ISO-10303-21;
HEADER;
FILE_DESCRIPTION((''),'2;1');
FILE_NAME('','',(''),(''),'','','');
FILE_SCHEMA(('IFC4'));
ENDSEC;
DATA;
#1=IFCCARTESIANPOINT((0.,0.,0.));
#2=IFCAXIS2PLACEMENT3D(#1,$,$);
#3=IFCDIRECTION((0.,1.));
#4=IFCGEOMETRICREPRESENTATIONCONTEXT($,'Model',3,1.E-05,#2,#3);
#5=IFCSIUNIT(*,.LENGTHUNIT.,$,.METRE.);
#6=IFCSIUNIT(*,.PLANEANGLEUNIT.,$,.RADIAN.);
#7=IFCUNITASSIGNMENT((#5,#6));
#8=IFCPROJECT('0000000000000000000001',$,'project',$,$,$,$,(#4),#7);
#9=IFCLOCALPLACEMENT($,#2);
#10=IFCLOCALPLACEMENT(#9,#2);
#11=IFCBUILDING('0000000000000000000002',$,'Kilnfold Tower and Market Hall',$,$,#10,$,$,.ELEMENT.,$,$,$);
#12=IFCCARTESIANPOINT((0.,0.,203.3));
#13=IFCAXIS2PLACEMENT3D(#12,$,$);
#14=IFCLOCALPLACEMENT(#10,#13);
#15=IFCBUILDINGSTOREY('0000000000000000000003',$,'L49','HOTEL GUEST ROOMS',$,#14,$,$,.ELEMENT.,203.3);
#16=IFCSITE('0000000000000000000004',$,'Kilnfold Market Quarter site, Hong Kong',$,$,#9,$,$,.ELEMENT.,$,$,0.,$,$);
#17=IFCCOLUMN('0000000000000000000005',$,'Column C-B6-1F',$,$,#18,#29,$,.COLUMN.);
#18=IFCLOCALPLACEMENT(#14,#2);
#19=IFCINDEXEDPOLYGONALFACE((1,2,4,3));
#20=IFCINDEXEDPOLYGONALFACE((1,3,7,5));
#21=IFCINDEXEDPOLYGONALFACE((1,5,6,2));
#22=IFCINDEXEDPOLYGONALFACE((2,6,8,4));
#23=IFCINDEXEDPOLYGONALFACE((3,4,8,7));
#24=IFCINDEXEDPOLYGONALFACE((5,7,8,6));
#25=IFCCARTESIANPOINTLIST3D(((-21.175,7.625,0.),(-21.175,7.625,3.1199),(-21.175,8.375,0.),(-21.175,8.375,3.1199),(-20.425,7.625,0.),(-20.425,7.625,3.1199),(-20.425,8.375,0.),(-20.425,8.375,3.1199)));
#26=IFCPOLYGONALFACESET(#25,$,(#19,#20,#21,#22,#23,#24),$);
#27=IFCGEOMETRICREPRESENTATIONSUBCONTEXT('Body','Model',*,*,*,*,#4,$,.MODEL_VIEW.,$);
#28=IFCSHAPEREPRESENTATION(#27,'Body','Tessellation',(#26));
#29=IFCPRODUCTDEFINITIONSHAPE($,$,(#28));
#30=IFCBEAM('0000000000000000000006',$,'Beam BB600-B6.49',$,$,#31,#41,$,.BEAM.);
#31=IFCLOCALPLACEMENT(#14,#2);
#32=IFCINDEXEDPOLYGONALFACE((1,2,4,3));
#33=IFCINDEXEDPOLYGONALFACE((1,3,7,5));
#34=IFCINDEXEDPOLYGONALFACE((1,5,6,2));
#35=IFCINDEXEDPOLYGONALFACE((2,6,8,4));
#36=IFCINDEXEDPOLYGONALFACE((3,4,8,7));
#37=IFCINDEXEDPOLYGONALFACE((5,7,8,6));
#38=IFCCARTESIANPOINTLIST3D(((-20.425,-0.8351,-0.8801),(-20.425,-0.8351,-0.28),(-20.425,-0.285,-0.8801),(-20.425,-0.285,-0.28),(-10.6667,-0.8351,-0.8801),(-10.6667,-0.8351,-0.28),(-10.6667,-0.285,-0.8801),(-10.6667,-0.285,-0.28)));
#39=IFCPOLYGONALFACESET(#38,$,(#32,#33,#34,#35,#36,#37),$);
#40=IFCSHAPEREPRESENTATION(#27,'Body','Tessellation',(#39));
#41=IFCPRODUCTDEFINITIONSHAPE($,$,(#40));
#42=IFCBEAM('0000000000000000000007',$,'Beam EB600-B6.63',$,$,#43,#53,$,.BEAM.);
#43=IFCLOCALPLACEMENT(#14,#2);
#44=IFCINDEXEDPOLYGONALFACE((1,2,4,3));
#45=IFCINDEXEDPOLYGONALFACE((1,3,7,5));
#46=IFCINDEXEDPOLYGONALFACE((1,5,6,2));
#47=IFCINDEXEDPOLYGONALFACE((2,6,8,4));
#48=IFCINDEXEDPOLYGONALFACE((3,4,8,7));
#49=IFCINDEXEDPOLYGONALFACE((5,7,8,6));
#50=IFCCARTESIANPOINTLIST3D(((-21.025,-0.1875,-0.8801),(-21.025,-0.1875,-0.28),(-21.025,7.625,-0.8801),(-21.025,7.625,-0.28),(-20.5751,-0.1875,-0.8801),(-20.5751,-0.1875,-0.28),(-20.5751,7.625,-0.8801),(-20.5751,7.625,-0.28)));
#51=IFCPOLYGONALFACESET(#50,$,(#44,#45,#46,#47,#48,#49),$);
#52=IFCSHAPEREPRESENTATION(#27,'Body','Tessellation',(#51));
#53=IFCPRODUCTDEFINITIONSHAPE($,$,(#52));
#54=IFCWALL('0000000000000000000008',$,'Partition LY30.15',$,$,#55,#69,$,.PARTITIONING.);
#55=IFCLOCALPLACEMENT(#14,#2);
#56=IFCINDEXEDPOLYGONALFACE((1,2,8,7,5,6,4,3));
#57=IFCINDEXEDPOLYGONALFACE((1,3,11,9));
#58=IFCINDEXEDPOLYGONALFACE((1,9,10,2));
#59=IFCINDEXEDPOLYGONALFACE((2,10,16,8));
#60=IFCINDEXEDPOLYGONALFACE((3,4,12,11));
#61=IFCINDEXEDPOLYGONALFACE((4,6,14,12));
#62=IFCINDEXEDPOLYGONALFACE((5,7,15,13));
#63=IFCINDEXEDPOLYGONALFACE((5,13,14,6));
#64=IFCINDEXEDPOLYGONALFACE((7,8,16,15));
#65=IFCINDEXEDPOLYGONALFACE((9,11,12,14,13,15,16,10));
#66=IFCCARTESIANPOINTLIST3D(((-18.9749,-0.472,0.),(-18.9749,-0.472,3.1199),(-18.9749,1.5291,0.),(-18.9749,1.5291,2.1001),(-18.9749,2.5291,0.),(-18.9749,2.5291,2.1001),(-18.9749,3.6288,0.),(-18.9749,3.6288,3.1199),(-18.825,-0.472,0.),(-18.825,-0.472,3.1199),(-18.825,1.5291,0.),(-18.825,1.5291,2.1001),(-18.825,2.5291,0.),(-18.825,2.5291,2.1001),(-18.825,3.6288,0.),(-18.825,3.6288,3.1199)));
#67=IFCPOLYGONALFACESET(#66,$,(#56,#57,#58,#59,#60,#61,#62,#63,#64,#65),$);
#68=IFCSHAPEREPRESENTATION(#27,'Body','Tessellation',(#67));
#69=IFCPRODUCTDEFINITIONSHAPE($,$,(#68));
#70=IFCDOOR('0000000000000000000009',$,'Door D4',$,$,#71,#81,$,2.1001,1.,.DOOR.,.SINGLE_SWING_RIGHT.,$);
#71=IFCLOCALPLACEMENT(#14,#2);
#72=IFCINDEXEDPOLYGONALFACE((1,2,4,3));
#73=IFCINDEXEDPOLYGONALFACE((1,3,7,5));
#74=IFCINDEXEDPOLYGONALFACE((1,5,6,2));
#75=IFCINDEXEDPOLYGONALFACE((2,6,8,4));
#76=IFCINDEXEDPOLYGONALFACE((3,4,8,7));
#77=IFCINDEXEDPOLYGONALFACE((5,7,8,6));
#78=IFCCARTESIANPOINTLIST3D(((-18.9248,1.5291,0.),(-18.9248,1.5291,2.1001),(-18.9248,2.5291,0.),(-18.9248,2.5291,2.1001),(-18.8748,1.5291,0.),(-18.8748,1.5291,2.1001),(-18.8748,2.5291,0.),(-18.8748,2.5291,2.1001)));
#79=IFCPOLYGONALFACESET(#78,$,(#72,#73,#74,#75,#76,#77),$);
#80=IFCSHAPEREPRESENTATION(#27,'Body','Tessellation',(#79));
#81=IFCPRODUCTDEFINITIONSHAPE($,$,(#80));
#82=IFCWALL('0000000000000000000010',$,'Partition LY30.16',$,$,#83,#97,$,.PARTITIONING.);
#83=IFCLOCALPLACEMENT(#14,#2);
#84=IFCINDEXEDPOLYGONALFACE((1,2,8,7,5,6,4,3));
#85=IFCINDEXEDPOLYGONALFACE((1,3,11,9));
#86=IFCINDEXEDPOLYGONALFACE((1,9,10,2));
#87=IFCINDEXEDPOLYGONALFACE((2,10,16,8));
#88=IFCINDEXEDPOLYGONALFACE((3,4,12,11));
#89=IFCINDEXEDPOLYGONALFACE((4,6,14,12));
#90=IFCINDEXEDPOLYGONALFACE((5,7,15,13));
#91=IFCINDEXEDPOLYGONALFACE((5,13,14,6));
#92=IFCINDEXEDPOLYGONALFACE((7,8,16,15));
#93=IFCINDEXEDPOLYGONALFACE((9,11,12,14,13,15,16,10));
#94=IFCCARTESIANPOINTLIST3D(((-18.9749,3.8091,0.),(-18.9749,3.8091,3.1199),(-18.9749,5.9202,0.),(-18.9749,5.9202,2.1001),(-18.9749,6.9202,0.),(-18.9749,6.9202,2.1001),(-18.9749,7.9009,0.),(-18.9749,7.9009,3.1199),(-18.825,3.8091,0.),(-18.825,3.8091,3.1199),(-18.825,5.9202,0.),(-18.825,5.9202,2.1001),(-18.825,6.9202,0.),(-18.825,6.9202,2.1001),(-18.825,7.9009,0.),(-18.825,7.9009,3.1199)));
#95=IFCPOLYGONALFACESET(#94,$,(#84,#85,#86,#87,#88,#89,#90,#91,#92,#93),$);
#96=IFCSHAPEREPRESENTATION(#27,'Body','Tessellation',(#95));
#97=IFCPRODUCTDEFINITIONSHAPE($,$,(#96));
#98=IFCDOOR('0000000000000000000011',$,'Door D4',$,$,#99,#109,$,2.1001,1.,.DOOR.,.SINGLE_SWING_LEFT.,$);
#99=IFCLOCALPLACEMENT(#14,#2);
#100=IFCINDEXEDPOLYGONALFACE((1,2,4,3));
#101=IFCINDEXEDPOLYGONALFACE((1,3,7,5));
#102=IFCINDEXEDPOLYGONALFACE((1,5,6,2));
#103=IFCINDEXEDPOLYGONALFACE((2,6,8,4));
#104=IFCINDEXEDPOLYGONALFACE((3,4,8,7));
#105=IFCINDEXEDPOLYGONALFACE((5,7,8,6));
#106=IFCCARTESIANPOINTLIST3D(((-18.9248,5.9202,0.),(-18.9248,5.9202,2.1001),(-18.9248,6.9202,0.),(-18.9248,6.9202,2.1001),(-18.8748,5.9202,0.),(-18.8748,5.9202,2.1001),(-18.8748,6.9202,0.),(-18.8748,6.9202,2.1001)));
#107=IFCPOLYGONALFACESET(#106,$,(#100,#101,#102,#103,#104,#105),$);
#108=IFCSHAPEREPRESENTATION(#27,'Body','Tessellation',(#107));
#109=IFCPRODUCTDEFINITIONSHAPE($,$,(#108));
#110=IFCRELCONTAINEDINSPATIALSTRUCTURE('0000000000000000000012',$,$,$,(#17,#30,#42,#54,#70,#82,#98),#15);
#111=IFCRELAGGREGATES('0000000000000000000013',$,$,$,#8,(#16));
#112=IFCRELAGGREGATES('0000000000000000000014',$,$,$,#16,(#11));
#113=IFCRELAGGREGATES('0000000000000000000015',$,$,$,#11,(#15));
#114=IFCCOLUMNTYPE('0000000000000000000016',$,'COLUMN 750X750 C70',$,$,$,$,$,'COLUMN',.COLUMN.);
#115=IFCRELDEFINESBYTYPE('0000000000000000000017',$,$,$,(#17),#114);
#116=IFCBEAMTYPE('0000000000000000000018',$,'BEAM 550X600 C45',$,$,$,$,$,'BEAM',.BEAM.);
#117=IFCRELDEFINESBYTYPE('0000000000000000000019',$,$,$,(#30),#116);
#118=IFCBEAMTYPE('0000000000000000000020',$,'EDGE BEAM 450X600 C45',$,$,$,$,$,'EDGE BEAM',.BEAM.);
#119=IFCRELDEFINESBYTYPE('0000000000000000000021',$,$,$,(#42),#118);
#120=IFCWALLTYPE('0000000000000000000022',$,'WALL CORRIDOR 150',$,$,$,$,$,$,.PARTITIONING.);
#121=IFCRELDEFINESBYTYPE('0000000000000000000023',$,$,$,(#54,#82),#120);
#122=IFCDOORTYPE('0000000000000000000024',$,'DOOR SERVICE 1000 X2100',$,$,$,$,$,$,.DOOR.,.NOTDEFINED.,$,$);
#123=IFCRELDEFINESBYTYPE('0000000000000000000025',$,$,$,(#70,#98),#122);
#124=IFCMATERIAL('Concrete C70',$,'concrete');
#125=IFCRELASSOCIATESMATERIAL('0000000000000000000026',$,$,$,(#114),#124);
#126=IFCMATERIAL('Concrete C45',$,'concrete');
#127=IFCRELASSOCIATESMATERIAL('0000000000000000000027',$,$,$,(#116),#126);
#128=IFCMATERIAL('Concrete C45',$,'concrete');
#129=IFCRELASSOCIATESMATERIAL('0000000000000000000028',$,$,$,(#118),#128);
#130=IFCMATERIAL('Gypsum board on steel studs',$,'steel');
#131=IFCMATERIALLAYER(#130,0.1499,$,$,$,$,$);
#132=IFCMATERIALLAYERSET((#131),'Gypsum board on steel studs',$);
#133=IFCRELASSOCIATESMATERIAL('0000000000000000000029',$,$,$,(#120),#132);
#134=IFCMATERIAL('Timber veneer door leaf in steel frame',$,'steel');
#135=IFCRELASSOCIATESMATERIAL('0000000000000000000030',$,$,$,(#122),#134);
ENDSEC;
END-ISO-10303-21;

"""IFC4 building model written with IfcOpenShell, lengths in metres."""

from ifc_helpers import new_model, si_unit, direction, frame, frame_2d, origin, origin_2d, place, context, subcontext, project, spatial, rectangle, extrude, source, transform, mapped, material, layer, layer_set, material_profile, profile_set, type_object, element, fill, save


model = new_model("IFC4")

# Units and contexts
model_context = context("Model", 3, precision=1e-05, world=origin(), true_north=direction((0.0, 1.0)))
body_context = subcontext(model_context, "Body", "Model", "MODEL_VIEW")
ifc_project = project(units=[si_unit("LENGTHUNIT", "METRE"), si_unit("PLANEANGLEUNIT", "RADIAN")], contexts=[model_context])

# Site, building, storey
site_placement = place(None, origin())
site = spatial("IfcSite", under=ifc_project, at=site_placement, Name="Kilnfold Market Quarter site, Hong Kong", CompositionType="ELEMENT", RefElevation=0.0)
building_placement = place(site_placement, origin())
building = spatial("IfcBuilding", under=site, at=building_placement, Name="Kilnfold Tower and Market Hall", CompositionType="ELEMENT")
storey_placement = place(building_placement, frame((0.0, 0.0, 203.3)))
storey = spatial("IfcBuildingStorey", under=building, at=storey_placement, Name="L49", Description="HOTEL GUEST ROOMS", CompositionType="ELEMENT", Elevation=203.3)

# Column
ifc_material_1 = material(Name="Concrete C70", Category="concrete")
ifc_material_profile_1 = material_profile(ifc_material_1, rectangle(XDim=0.75, YDim=0.75, at=origin_2d()), Name="RC 750x750")
ifc_profile_set_1 = profile_set([ifc_material_profile_1], Name="Concrete C70")
column_type = type_object("IfcColumnType", Name="COLUMN 750X750 C70", ElementType="COLUMN", PredefinedType="COLUMN", material=ifc_profile_set_1)
shared_shape_1 = source(origin(), body_context, "Body", "SweptSolid", [
    extrude(rectangle(XDim=0.75, YDim=0.75, at=origin_2d()), origin(), (0.0, 0.0, 1.0), 3.1199),
])
column_placement = place(storey_placement, frame((-20.8, 8.0, 0.0), z_axis=(0.0, 0.0, 1.0), x_axis=(1.0, 0.0, 0.0)))
element("IfcColumn", 1, at=column_placement, inside=storey, type_object=column_type, Name="Column C-B6-1F", PredefinedType="COLUMN", context=body_context, shape_type="MappedRepresentation", body=[
    mapped(shared_shape_1, transform((0.0, 0.0, 0.0))),
])

# Beams
ifc_material_2 = material(Name="Concrete C45", Category="concrete")
ifc_material_profile_2 = material_profile(ifc_material_2, rectangle(XDim=0.55, YDim=0.6001, at=origin_2d()), Name="RC 550x600")
ifc_profile_set_2 = profile_set([ifc_material_profile_2], Name="Concrete C45")
beam_type_1 = type_object("IfcBeamType", Name="BEAM 550X600 C45", ElementType="BEAM", PredefinedType="BEAM", material=ifc_profile_set_2)
shared_shape_2 = source(origin(), body_context, "Body", "SweptSolid", [
    extrude(rectangle(XDim=0.55, YDim=0.6001, at=origin_2d()), origin(), (0.0, 0.0, 1.0), 9.7583),
])
beam_1_placement = place(storey_placement, frame((-20.425, -0.5601, -0.5801), z_axis=(1.0, 0.0, 0.0), x_axis=(0.0, 1.0, 0.0)))
element("IfcBeam", 2, at=beam_1_placement, inside=storey, type_object=beam_type_1, Name="Beam BB600-B6.49", PredefinedType="BEAM", context=body_context, shape_type="MappedRepresentation", body=[
    mapped(shared_shape_2, transform((0.0, 0.0, 0.0))),
])
ifc_material_3 = material(Name="Concrete C45", Category="concrete")
ifc_material_profile_3 = material_profile(ifc_material_3, rectangle(XDim=0.45, YDim=0.6001, at=origin_2d()), Name="RC 450x600")
ifc_profile_set_3 = profile_set([ifc_material_profile_3], Name="Concrete C45")
beam_type_2 = type_object("IfcBeamType", Name="EDGE BEAM 450X600 C45", ElementType="EDGE BEAM", PredefinedType="BEAM", material=ifc_profile_set_3)
shared_shape_3 = source(origin(), body_context, "Body", "SweptSolid", [
    extrude(rectangle(XDim=0.45, YDim=0.6001, at=origin_2d()), origin(), (0.0, 0.0, 1.0), 7.8125),
])
beam_2_placement = place(storey_placement, frame((-20.8, -0.1875, -0.5801), z_axis=(0.0, 1.0, 0.0), x_axis=(-1.0, 0.0, 0.0)))
element("IfcBeam", 3, at=beam_2_placement, inside=storey, type_object=beam_type_2, Name="Beam EB600-B6.63", PredefinedType="BEAM", context=body_context, shape_type="MappedRepresentation", body=[
    mapped(shared_shape_3, transform((0.0, 0.0, 0.0))),
])

# Walls, openings, doors
ifc_material_4 = material(Name="Gypsum board on steel studs", Category="steel")
ifc_layer_1 = layer(ifc_material_4, 0.1499)
ifc_layer_set_1 = layer_set([ifc_layer_1], Name="Gypsum board on steel studs")
wall_type_1 = type_object("IfcWallType", Name="WALL CORRIDOR 150", PredefinedType="PARTITIONING", material=ifc_layer_set_1)
wall_1_placement = place(storey_placement, frame((-18.8999, -0.4719, 0.0), z_axis=(0.0, 0.0, 1.0), x_axis=(0.0, 1.0, 0.0)))
wall_1 = element("IfcWall", 4, at=wall_1_placement, inside=storey, type_object=wall_type_1, Name="Partition LY30.15", PredefinedType="PARTITIONING", context=body_context, shape_type="SweptSolid", body=[
    extrude(rectangle(XDim=4.1008, YDim=0.1499, at=frame_2d((2.0503, 0.0))), origin(), (0.0, 0.0, 1.0), 3.1199),
])
opening_1_placement = place(wall_1_placement, frame((2.001, 0.0, 0.0)))
opening_1 = element("IfcOpeningElement", 5, at=opening_1_placement, cuts=wall_1, PredefinedType="OPENING", context=body_context, shape_type="SweptSolid", body=[
    extrude(rectangle(XDim=1.0, YDim=2.1001, at=frame_2d((0.5, 1.05))), frame((0.0, 0.085, 0.0), z_axis=(0.0, -1.0, 0.0), x_axis=(1.0, 0.0, 0.0)), (0.0, 0.0, 1.0), 0.1699),
])
ifc_material_5 = material(Name="Timber veneer door leaf in steel frame", Category="steel")
door_type_1 = type_object("IfcDoorType", Name="DOOR SERVICE 1000 X2100", OperationType="NOTDEFINED", PredefinedType="DOOR", material=ifc_material_5)
door_1_placement = place(opening_1_placement, origin())
door_1 = element("IfcDoor", 6, at=door_1_placement, inside=storey, type_object=door_type_1, Name="Door D4", OperationType="SINGLE_SWING_RIGHT", OverallHeight=2.1001, OverallWidth=1.0, PredefinedType="DOOR", context=body_context, shape_type="SweptSolid", body=[
    extrude(rectangle(XDim=1.0, YDim=2.1001, at=frame_2d((0.5, 1.05))), frame((0.0, 0.0249, 0.0), z_axis=(0.0, -1.0, 0.0), x_axis=(1.0, 0.0, 0.0)), (0.0, 0.0, 1.0), 0.05),
])
fill(opening_1, door_1)
wall_2_placement = place(storey_placement, frame((-18.8999, 3.8091, 0.0), z_axis=(0.0, 0.0, 1.0), x_axis=(0.0, 1.0, 0.0)))
wall_2 = element("IfcWall", 7, at=wall_2_placement, inside=storey, type_object=wall_type_1, Name="Partition LY30.16", PredefinedType="PARTITIONING", context=body_context, shape_type="SweptSolid", body=[
    extrude(rectangle(XDim=4.0918, YDim=0.1499, at=frame_2d((2.0459, 0.0))), origin(), (0.0, 0.0, 1.0), 3.1199),
])
opening_2_placement = place(wall_2_placement, frame((2.1111, 0.0, 0.0)))
opening_2 = element("IfcOpeningElement", 8, at=opening_2_placement, cuts=wall_2, PredefinedType="OPENING", context=body_context, shape_type="SweptSolid", body=[
    extrude(rectangle(XDim=1.0, YDim=2.1001, at=frame_2d((0.5, 1.05))), frame((0.0, 0.085, 0.0), z_axis=(0.0, -1.0, 0.0), x_axis=(1.0, 0.0, 0.0)), (0.0, 0.0, 1.0), 0.1699),
])
door_2_placement = place(opening_2_placement, origin())
door_2 = element("IfcDoor", 9, at=door_2_placement, inside=storey, type_object=door_type_1, Name="Door D4", OperationType="SINGLE_SWING_LEFT", OverallHeight=2.1001, OverallWidth=1.0, PredefinedType="DOOR", context=body_context, shape_type="SweptSolid", body=[
    extrude(rectangle(XDim=1.0, YDim=2.1001, at=frame_2d((0.5, 1.05))), frame((0.0, 0.0249, 0.0), z_axis=(0.0, -1.0, 0.0), x_axis=(1.0, 0.0, 0.0)), (0.0, 0.0, 1.0), 0.05),
])
fill(opening_2, door_2)

save(model, "model.ifc")
